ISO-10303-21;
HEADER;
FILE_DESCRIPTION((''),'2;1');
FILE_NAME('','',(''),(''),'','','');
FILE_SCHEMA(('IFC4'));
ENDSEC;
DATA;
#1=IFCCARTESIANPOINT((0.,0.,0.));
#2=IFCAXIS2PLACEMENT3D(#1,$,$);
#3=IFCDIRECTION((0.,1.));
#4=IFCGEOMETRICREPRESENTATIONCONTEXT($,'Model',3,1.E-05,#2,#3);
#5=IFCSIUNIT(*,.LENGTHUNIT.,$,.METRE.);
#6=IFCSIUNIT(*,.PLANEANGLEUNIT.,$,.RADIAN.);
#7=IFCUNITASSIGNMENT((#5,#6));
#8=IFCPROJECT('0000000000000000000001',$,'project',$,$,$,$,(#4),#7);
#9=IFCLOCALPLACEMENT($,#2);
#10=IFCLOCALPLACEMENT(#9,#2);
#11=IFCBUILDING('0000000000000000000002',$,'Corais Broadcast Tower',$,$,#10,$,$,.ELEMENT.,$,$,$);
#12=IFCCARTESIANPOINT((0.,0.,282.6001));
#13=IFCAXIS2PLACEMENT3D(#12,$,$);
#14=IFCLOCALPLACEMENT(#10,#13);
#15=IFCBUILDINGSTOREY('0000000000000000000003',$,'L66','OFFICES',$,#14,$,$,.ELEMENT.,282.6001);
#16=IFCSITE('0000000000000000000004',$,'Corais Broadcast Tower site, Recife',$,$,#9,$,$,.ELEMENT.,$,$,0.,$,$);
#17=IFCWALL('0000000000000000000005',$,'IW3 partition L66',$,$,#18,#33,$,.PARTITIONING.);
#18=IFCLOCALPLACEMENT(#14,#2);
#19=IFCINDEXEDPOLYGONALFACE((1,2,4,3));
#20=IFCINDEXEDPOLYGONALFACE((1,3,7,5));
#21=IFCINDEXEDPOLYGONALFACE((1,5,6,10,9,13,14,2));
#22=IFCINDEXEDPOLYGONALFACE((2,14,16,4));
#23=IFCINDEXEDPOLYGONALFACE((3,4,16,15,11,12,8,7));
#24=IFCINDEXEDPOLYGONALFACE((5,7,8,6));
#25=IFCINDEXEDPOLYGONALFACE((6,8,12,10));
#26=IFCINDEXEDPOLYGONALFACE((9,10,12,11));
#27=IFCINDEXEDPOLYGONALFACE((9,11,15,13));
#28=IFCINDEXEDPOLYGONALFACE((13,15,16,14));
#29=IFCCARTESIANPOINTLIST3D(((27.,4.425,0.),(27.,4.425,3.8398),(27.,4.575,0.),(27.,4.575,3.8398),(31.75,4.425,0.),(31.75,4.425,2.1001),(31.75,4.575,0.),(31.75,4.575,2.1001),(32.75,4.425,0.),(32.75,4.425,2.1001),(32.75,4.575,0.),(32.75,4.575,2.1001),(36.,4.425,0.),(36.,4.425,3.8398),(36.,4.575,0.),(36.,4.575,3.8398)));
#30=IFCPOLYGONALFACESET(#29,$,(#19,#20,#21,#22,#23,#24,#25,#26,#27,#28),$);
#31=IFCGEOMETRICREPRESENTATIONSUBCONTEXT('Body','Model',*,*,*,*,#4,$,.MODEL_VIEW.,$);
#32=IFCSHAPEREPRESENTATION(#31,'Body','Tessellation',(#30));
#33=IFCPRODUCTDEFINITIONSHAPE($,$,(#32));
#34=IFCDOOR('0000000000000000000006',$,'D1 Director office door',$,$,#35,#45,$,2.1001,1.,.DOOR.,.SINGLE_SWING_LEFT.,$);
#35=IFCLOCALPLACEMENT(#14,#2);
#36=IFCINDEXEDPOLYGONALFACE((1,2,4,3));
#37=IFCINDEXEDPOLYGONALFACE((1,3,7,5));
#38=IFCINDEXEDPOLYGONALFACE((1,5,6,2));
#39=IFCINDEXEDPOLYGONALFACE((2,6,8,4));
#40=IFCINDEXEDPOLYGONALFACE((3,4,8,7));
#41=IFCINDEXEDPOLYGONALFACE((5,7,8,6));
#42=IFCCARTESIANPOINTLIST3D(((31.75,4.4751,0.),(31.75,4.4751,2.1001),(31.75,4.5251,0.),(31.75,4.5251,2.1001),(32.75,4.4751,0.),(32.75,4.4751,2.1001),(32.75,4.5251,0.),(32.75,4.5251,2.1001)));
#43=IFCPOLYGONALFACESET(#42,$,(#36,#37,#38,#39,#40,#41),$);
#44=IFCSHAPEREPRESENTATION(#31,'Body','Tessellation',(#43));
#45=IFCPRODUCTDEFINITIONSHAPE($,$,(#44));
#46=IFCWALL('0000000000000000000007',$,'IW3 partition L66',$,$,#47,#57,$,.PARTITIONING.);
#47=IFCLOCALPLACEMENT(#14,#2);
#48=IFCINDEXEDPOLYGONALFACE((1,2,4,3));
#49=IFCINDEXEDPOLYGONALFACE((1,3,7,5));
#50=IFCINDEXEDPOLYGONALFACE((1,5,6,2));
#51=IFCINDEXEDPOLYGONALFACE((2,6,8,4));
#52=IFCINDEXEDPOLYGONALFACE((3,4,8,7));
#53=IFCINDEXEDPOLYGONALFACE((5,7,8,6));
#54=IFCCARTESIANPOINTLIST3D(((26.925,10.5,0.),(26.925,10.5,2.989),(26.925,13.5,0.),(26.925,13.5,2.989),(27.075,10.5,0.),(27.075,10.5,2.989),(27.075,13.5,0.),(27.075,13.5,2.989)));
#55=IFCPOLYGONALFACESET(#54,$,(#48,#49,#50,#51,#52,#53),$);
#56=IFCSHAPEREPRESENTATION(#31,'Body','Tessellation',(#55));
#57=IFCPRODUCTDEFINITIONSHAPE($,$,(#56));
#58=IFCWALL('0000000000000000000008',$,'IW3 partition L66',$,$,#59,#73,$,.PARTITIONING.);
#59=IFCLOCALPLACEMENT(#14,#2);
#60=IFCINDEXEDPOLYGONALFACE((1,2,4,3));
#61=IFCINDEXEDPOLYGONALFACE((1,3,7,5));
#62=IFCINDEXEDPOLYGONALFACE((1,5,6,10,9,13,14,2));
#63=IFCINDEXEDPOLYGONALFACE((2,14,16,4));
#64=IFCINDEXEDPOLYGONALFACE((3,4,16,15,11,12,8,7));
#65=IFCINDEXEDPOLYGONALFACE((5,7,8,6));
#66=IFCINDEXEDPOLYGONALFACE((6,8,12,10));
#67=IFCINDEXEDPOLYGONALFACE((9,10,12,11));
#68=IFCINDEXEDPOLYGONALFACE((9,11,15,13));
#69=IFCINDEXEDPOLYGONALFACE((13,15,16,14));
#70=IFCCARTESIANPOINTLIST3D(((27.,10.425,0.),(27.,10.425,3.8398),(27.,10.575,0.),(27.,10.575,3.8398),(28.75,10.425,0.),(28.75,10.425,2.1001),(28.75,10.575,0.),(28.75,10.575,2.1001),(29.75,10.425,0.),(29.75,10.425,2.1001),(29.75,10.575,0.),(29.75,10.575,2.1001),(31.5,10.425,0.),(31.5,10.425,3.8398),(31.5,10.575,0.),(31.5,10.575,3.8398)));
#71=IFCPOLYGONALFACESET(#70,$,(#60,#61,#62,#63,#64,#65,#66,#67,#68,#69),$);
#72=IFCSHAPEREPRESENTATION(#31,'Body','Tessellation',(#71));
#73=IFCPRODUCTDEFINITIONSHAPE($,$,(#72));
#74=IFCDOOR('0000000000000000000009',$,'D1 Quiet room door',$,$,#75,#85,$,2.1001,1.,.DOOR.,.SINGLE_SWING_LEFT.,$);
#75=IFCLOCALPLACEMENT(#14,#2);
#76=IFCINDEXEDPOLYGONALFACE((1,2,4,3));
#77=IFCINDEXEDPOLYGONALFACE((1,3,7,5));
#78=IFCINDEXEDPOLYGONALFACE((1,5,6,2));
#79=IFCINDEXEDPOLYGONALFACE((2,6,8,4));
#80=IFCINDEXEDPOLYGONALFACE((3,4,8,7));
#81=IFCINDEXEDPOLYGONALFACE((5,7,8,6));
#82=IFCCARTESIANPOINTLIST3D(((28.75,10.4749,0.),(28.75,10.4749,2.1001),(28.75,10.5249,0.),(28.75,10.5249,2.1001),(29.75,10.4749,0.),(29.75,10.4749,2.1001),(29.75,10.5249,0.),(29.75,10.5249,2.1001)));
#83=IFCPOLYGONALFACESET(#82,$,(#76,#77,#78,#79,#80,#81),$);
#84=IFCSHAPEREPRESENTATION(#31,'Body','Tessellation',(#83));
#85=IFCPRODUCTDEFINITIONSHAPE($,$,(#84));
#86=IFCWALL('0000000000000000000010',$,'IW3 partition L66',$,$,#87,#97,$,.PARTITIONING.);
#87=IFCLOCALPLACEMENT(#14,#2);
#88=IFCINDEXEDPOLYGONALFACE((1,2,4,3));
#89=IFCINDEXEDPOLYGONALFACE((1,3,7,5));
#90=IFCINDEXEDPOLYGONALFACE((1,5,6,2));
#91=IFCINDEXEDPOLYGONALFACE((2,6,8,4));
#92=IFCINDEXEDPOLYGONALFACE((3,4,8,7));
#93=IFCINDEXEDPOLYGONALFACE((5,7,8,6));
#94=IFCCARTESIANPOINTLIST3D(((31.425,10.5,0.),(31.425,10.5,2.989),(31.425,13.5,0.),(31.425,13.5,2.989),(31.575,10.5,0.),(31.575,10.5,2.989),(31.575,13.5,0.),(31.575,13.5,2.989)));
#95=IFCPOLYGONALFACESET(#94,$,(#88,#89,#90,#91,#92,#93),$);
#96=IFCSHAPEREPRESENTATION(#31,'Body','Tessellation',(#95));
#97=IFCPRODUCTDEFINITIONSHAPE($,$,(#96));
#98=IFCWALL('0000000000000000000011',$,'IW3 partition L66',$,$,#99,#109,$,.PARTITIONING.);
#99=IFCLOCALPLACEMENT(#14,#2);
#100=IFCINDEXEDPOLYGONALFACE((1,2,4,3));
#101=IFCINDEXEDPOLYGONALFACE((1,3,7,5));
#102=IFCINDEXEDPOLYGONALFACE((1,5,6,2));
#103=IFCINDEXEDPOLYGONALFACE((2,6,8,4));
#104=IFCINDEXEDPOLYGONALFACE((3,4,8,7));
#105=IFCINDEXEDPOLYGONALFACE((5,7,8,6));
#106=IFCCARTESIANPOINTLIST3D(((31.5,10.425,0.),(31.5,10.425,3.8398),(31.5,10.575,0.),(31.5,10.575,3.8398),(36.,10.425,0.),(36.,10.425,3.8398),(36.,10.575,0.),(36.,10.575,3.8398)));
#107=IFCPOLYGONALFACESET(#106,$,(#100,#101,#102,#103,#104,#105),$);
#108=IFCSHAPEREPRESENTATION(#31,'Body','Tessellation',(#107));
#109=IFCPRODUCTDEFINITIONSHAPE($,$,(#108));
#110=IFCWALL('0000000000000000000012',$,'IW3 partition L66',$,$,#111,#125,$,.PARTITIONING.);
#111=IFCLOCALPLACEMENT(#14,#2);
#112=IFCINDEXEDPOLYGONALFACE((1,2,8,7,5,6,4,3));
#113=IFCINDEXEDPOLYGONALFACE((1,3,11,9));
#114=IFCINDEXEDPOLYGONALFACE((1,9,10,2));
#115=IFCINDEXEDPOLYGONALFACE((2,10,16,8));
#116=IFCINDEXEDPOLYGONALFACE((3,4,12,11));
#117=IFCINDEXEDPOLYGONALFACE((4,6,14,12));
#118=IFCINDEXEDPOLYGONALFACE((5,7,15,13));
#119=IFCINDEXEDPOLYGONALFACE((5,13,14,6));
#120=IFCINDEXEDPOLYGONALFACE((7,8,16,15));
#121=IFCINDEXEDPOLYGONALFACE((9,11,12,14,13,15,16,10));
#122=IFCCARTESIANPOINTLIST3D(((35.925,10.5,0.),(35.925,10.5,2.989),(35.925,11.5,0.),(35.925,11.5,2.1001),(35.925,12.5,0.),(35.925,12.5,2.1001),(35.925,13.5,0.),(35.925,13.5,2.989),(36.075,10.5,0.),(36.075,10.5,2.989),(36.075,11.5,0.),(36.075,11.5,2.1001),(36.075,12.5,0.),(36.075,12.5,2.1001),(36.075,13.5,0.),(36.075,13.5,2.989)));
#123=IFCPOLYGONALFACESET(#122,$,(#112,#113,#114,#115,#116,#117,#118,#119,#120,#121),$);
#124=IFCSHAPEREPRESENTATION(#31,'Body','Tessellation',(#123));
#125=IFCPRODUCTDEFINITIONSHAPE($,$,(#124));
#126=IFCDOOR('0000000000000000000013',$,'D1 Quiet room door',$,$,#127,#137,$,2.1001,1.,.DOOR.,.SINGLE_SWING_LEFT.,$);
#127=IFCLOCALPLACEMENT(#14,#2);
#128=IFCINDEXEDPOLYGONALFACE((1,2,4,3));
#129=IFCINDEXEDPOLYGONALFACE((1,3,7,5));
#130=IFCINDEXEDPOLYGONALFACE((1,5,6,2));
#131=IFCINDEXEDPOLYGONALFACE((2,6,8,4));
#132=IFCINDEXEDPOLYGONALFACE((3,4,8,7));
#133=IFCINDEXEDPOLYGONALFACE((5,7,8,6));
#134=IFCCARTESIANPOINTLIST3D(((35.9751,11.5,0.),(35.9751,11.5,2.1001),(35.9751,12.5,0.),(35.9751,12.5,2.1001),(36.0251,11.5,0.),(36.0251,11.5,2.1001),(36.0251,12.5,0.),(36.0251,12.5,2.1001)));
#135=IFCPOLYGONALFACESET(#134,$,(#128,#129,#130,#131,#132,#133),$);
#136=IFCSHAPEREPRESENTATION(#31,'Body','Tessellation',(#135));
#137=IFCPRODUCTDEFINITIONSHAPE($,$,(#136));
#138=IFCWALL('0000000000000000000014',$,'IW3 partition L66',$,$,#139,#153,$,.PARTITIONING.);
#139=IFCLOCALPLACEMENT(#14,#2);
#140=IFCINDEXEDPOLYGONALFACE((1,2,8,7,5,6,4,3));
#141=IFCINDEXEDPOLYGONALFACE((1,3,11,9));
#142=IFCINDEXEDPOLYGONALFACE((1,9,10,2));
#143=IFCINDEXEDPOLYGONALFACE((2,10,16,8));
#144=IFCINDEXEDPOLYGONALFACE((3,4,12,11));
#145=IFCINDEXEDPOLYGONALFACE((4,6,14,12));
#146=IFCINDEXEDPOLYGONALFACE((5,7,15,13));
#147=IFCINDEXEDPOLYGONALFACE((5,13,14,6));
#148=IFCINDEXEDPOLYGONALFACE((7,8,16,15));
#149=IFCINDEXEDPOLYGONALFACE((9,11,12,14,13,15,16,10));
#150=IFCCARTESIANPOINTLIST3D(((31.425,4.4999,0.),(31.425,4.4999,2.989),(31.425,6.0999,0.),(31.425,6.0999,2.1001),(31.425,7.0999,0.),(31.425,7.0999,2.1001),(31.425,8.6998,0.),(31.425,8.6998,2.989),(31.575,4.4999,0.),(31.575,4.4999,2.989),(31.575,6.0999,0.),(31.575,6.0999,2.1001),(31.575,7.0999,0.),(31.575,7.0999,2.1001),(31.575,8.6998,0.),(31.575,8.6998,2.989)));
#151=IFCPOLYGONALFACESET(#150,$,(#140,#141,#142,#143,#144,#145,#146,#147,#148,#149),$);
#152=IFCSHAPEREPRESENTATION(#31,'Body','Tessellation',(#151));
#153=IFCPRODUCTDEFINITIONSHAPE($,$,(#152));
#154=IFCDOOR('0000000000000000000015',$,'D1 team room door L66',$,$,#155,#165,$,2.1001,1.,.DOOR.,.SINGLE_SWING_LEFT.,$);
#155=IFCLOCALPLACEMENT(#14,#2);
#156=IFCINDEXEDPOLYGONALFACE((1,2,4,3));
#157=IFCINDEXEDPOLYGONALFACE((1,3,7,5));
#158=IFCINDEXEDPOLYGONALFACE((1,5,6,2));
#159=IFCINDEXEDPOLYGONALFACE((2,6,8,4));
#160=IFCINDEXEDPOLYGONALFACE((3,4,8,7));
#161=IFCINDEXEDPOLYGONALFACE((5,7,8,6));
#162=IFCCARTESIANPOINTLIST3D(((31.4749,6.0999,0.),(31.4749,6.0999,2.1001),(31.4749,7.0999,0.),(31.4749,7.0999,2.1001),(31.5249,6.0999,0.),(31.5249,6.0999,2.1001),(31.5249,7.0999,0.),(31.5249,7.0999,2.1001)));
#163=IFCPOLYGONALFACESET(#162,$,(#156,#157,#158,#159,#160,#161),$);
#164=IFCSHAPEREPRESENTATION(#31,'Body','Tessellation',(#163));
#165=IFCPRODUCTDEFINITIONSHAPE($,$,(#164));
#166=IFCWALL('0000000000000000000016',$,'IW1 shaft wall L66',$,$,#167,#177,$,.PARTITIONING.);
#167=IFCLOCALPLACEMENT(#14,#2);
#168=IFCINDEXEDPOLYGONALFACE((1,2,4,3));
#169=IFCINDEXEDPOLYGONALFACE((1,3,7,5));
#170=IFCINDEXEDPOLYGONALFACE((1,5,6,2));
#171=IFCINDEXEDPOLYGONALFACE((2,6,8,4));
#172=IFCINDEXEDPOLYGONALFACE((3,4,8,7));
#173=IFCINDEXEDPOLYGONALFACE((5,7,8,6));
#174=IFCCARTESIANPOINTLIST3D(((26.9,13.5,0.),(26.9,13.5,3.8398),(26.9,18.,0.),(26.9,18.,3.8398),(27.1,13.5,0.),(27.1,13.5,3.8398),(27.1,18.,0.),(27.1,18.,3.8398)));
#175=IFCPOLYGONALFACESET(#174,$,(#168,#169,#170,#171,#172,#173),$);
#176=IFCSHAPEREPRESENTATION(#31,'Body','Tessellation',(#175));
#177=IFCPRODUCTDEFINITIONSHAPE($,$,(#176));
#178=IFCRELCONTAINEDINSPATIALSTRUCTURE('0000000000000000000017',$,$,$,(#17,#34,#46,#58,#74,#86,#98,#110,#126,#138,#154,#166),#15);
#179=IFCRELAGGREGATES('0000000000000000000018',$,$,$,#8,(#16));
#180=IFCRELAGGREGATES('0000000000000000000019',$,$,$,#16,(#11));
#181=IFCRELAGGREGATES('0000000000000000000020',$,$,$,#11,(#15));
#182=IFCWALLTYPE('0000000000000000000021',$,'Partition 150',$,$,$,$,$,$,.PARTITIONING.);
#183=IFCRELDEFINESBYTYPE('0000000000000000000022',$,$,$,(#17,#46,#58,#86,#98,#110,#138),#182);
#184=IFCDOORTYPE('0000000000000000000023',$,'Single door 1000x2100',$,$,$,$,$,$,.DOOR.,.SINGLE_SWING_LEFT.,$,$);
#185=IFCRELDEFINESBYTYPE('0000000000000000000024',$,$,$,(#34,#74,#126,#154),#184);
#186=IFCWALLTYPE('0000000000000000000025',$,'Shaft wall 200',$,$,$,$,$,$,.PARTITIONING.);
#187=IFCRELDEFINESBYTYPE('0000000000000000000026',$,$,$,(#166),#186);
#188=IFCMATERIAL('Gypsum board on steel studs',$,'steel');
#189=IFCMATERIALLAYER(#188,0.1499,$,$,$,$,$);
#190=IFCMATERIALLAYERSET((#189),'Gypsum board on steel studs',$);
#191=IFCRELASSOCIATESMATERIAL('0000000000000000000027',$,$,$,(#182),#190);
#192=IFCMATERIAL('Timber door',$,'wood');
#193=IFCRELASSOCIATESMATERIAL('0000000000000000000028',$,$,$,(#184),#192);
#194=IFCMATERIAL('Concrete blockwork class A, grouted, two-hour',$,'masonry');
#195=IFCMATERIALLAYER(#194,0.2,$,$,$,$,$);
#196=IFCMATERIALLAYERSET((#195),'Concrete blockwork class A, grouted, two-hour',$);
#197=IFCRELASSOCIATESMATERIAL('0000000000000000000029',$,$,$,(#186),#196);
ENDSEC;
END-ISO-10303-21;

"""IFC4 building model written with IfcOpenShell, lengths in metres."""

from ifc_helpers import new_model, si_unit, direction, frame, frame_2d, origin, place, context, subcontext, project, spatial, rectangle, extrude, material, layer, layer_set, type_object, element, fill, save


model = new_model("IFC4")

# Units and contexts
model_context = context("Model", 3, precision=1e-05, world=origin(), true_north=direction((0.0, 1.0)))
body_context = subcontext(model_context, "Body", "Model", "MODEL_VIEW")
ifc_project = project(units=[si_unit("LENGTHUNIT", "METRE"), si_unit("PLANEANGLEUNIT", "RADIAN")], contexts=[model_context])

# Site, building, storey
site_placement = place(None, origin())
site = spatial("IfcSite", under=ifc_project, at=site_placement, Name="Corais Broadcast Tower site, Recife", CompositionType="ELEMENT", RefElevation=0.0)
building_placement = place(site_placement, origin())
building = spatial("IfcBuilding", under=site, at=building_placement, Name="Corais Broadcast Tower", CompositionType="ELEMENT")
storey_placement = place(building_placement, frame((0.0, 0.0, 282.6001)))
storey = spatial("IfcBuildingStorey", under=building, at=storey_placement, Name="L66", Description="OFFICES", CompositionType="ELEMENT", Elevation=282.6001)

# Shared definitions
ifc_material_1 = material(Name="Gypsum board on steel studs", Category="steel")
ifc_layer_1 = layer(ifc_material_1, 0.1499)
ifc_layer_set_1 = layer_set([ifc_layer_1], Name="Gypsum board on steel studs")
wall_type_1 = type_object("IfcWallType", Name="Partition 150", PredefinedType="PARTITIONING", material=ifc_layer_set_1)

# Wall, opening, door
ifc_material_2 = material(Name="Timber door", Category="wood")
door_type = type_object("IfcDoorType", Name="Single door 1000x2100", OperationType="SINGLE_SWING_LEFT", PredefinedType="DOOR", material=ifc_material_2)
wall_1_placement = place(storey_placement, frame((36.0, 4.5, 0.0), z_axis=(0.0, 0.0, 1.0), x_axis=(-1.0, 0.0, 0.0)))
wall_1 = element("IfcWall", 1, at=wall_1_placement, inside=storey, type_object=wall_type_1, Name="IW3 partition L66", PredefinedType="PARTITIONING", context=body_context, shape_type="SweptSolid", body=[
    extrude(rectangle(XDim=9.0, YDim=0.1499, at=frame_2d((4.5, 0.0))), origin(), (0.0, 0.0, 1.0), 3.8398),
])
opening_1_placement = place(wall_1_placement, frame((3.25, 0.0, 0.0)))
opening_1 = element("IfcOpeningElement", 2, at=opening_1_placement, cuts=wall_1, PredefinedType="OPENING", context=body_context, shape_type="SweptSolid", body=[
    extrude(rectangle(XDim=1.0, YDim=2.1001, at=frame_2d((0.5, 1.05))), frame((0.0, 0.085, 0.0), z_axis=(0.0, -1.0, 0.0), x_axis=(1.0, 0.0, 0.0)), (0.0, 0.0, 1.0), 0.1699),
])
door_1_placement = place(opening_1_placement, origin())
door_1 = element("IfcDoor", 3, at=door_1_placement, inside=storey, type_object=door_type, Name="D1 Director office door", OperationType="SINGLE_SWING_LEFT", OverallHeight=2.1001, OverallWidth=1.0, PredefinedType="DOOR", context=body_context, shape_type="SweptSolid", body=[
    extrude(rectangle(XDim=1.0, YDim=2.1001, at=frame_2d((0.5, 1.05))), frame((0.0, 0.0249, 0.0), z_axis=(0.0, -1.0, 0.0), x_axis=(1.0, 0.0, 0.0)), (0.0, 0.0, 1.0), 0.05),
])
fill(opening_1, door_1)

# Wall
wall_2_placement = place(storey_placement, frame((27.0, 10.5, 0.0), z_axis=(0.0, 0.0, 1.0), x_axis=(0.0, 1.0, 0.0)))
element("IfcWall", 4, at=wall_2_placement, inside=storey, type_object=wall_type_1, Name="IW3 partition L66", PredefinedType="PARTITIONING", context=body_context, shape_type="SweptSolid", body=[
    extrude(rectangle(XDim=3.0, YDim=0.1499, at=frame_2d((1.5, 0.0))), origin(), (0.0, 0.0, 1.0), 2.989),
])

# Wall, opening, door
wall_3_placement = place(storey_placement, frame((27.0, 10.5, 0.0), z_axis=(0.0, 0.0, 1.0), x_axis=(1.0, 0.0, 0.0)))
wall_3 = element("IfcWall", 5, at=wall_3_placement, inside=storey, type_object=wall_type_1, Name="IW3 partition L66", PredefinedType="PARTITIONING", context=body_context, shape_type="SweptSolid", body=[
    extrude(rectangle(XDim=4.5, YDim=0.1499, at=frame_2d((2.25, 0.0))), origin(), (0.0, 0.0, 1.0), 3.8398),
])
opening_2_placement = place(wall_3_placement, frame((1.75, 0.0, 0.0)))
opening_2 = element("IfcOpeningElement", 6, at=opening_2_placement, cuts=wall_3, PredefinedType="OPENING", context=body_context, shape_type="SweptSolid", body=[
    extrude(rectangle(XDim=1.0, YDim=2.1001, at=frame_2d((0.5, 1.05))), frame((0.0, 0.085, 0.0), z_axis=(0.0, -1.0, 0.0), x_axis=(1.0, 0.0, 0.0)), (0.0, 0.0, 1.0), 0.1699),
])
door_2_placement = place(opening_2_placement, origin())
door_2 = element("IfcDoor", 7, at=door_2_placement, inside=storey, type_object=door_type, Name="D1 Quiet room door", OperationType="SINGLE_SWING_LEFT", OverallHeight=2.1001, OverallWidth=1.0, PredefinedType="DOOR", context=body_context, shape_type="SweptSolid", body=[
    extrude(rectangle(XDim=1.0, YDim=2.1001, at=frame_2d((0.5, 1.05))), frame((0.0, 0.0249, 0.0), z_axis=(0.0, -1.0, 0.0), x_axis=(1.0, 0.0, 0.0)), (0.0, 0.0, 1.0), 0.05),
])
fill(opening_2, door_2)

# Walls
wall_4_placement = place(storey_placement, frame((31.5, 10.5, 0.0), z_axis=(0.0, 0.0, 1.0), x_axis=(0.0, 1.0, 0.0)))
element("IfcWall", 8, at=wall_4_placement, inside=storey, type_object=wall_type_1, Name="IW3 partition L66", PredefinedType="PARTITIONING", context=body_context, shape_type="SweptSolid", body=[
    extrude(rectangle(XDim=3.0, YDim=0.1499, at=frame_2d((1.5, 0.0))), origin(), (0.0, 0.0, 1.0), 2.989),
])
wall_5_placement = place(storey_placement, frame((31.5, 10.5, 0.0), z_axis=(0.0, 0.0, 1.0), x_axis=(1.0, 0.0, 0.0)))
element("IfcWall", 9, at=wall_5_placement, inside=storey, type_object=wall_type_1, Name="IW3 partition L66", PredefinedType="PARTITIONING", context=body_context, shape_type="SweptSolid", body=[
    extrude(rectangle(XDim=4.5, YDim=0.1499, at=frame_2d((2.25, 0.0))), origin(), (0.0, 0.0, 1.0), 3.8398),
])

# Walls, openings, doors
wall_6_placement = place(storey_placement, frame((36.0, 10.5, 0.0), z_axis=(0.0, 0.0, 1.0), x_axis=(0.0, 1.0, 0.0)))
wall_6 = element("IfcWall", 10, at=wall_6_placement, inside=storey, type_object=wall_type_1, Name="IW3 partition L66", PredefinedType="PARTITIONING", context=body_context, shape_type="SweptSolid", body=[
    extrude(rectangle(XDim=3.0, YDim=0.1499, at=frame_2d((1.5, 0.0))), origin(), (0.0, 0.0, 1.0), 2.989),
])
opening_3_placement = place(wall_6_placement, frame((1.0, 0.0, 0.0)))
opening_3 = element("IfcOpeningElement", 11, at=opening_3_placement, cuts=wall_6, PredefinedType="OPENING", context=body_context, shape_type="SweptSolid", body=[
    extrude(rectangle(XDim=1.0, YDim=2.1001, at=frame_2d((0.5, 1.05))), frame((0.0, 0.085, 0.0), z_axis=(0.0, -1.0, 0.0), x_axis=(1.0, 0.0, 0.0)), (0.0, 0.0, 1.0), 0.1699),
])
door_3_placement = place(opening_3_placement, origin())
door_3 = element("IfcDoor", 12, at=door_3_placement, inside=storey, type_object=door_type, Name="D1 Quiet room door", OperationType="SINGLE_SWING_LEFT", OverallHeight=2.1001, OverallWidth=1.0, PredefinedType="DOOR", context=body_context, shape_type="SweptSolid", body=[
    extrude(rectangle(XDim=1.0, YDim=2.1001, at=frame_2d((0.5, 1.05))), frame((0.0, 0.0249, 0.0), z_axis=(0.0, -1.0, 0.0), x_axis=(1.0, 0.0, 0.0)), (0.0, 0.0, 1.0), 0.05),
])
fill(opening_3, door_3)
wall_7_placement = place(storey_placement, frame((31.5, 8.7, 0.0), z_axis=(0.0, 0.0, 1.0), x_axis=(0.0, -1.0, 0.0)))
wall_7 = element("IfcWall", 13, at=wall_7_placement, inside=storey, type_object=wall_type_1, Name="IW3 partition L66", PredefinedType="PARTITIONING", context=body_context, shape_type="SweptSolid", body=[
    extrude(rectangle(XDim=4.2, YDim=0.1499, at=frame_2d((2.1001, 0.0))), origin(), (0.0, 0.0, 1.0), 2.989),
])
opening_4_placement = place(wall_7_placement, frame((1.6001, 0.0, 0.0)))
opening_4 = element("IfcOpeningElement", 14, at=opening_4_placement, cuts=wall_7, PredefinedType="OPENING", context=body_context, shape_type="SweptSolid", body=[
    extrude(rectangle(XDim=1.0, YDim=2.1001, at=frame_2d((0.5, 1.05))), frame((0.0, 0.085, 0.0), z_axis=(0.0, -1.0, 0.0), x_axis=(1.0, 0.0, 0.0)), (0.0, 0.0, 1.0), 0.1699),
])
door_4_placement = place(opening_4_placement, origin())
door_4 = element("IfcDoor", 15, at=door_4_placement, inside=storey, type_object=door_type, Name="D1 team room door L66", OperationType="SINGLE_SWING_LEFT", OverallHeight=2.1001, OverallWidth=1.0, PredefinedType="DOOR", context=body_context, shape_type="SweptSolid", body=[
    extrude(rectangle(XDim=1.0, YDim=2.1001, at=frame_2d((0.5, 1.05))), frame((0.0, 0.0249, 0.0), z_axis=(0.0, -1.0, 0.0), x_axis=(1.0, 0.0, 0.0)), (0.0, 0.0, 1.0), 0.05),
])
fill(opening_4, door_4)

# Wall
ifc_material_3 = material(Name="Concrete blockwork class A, grouted, two-hour", Category="masonry")
ifc_layer_2 = layer(ifc_material_3, 0.2)
ifc_layer_set_2 = layer_set([ifc_layer_2], Name="Concrete blockwork class A, grouted, two-hour")
wall_type_2 = type_object("IfcWallType", Name="Shaft wall 200", PredefinedType="PARTITIONING", material=ifc_layer_set_2)
for number, where, z_axis, x_axis, name in (
    (16, (27.0, 13.5, 0.0), (0.0, 0.0, 1.0), (0.0, 1.0, 0.0), "IW1 shaft wall L66"),
):
    element("IfcWall", number, at=place(storey_placement, frame(where, z_axis=z_axis, x_axis=x_axis)), inside=storey, type_object=wall_type_2, Name=name, PredefinedType="PARTITIONING", context=body_context, shape_type="SweptSolid", body=[
        extrude(rectangle(XDim=4.5, YDim=0.2, at=frame_2d((2.25, 0.0))), origin(), (0.0, 0.0, 1.0), 3.8398),
    ])

save(model, "model.ifc")
